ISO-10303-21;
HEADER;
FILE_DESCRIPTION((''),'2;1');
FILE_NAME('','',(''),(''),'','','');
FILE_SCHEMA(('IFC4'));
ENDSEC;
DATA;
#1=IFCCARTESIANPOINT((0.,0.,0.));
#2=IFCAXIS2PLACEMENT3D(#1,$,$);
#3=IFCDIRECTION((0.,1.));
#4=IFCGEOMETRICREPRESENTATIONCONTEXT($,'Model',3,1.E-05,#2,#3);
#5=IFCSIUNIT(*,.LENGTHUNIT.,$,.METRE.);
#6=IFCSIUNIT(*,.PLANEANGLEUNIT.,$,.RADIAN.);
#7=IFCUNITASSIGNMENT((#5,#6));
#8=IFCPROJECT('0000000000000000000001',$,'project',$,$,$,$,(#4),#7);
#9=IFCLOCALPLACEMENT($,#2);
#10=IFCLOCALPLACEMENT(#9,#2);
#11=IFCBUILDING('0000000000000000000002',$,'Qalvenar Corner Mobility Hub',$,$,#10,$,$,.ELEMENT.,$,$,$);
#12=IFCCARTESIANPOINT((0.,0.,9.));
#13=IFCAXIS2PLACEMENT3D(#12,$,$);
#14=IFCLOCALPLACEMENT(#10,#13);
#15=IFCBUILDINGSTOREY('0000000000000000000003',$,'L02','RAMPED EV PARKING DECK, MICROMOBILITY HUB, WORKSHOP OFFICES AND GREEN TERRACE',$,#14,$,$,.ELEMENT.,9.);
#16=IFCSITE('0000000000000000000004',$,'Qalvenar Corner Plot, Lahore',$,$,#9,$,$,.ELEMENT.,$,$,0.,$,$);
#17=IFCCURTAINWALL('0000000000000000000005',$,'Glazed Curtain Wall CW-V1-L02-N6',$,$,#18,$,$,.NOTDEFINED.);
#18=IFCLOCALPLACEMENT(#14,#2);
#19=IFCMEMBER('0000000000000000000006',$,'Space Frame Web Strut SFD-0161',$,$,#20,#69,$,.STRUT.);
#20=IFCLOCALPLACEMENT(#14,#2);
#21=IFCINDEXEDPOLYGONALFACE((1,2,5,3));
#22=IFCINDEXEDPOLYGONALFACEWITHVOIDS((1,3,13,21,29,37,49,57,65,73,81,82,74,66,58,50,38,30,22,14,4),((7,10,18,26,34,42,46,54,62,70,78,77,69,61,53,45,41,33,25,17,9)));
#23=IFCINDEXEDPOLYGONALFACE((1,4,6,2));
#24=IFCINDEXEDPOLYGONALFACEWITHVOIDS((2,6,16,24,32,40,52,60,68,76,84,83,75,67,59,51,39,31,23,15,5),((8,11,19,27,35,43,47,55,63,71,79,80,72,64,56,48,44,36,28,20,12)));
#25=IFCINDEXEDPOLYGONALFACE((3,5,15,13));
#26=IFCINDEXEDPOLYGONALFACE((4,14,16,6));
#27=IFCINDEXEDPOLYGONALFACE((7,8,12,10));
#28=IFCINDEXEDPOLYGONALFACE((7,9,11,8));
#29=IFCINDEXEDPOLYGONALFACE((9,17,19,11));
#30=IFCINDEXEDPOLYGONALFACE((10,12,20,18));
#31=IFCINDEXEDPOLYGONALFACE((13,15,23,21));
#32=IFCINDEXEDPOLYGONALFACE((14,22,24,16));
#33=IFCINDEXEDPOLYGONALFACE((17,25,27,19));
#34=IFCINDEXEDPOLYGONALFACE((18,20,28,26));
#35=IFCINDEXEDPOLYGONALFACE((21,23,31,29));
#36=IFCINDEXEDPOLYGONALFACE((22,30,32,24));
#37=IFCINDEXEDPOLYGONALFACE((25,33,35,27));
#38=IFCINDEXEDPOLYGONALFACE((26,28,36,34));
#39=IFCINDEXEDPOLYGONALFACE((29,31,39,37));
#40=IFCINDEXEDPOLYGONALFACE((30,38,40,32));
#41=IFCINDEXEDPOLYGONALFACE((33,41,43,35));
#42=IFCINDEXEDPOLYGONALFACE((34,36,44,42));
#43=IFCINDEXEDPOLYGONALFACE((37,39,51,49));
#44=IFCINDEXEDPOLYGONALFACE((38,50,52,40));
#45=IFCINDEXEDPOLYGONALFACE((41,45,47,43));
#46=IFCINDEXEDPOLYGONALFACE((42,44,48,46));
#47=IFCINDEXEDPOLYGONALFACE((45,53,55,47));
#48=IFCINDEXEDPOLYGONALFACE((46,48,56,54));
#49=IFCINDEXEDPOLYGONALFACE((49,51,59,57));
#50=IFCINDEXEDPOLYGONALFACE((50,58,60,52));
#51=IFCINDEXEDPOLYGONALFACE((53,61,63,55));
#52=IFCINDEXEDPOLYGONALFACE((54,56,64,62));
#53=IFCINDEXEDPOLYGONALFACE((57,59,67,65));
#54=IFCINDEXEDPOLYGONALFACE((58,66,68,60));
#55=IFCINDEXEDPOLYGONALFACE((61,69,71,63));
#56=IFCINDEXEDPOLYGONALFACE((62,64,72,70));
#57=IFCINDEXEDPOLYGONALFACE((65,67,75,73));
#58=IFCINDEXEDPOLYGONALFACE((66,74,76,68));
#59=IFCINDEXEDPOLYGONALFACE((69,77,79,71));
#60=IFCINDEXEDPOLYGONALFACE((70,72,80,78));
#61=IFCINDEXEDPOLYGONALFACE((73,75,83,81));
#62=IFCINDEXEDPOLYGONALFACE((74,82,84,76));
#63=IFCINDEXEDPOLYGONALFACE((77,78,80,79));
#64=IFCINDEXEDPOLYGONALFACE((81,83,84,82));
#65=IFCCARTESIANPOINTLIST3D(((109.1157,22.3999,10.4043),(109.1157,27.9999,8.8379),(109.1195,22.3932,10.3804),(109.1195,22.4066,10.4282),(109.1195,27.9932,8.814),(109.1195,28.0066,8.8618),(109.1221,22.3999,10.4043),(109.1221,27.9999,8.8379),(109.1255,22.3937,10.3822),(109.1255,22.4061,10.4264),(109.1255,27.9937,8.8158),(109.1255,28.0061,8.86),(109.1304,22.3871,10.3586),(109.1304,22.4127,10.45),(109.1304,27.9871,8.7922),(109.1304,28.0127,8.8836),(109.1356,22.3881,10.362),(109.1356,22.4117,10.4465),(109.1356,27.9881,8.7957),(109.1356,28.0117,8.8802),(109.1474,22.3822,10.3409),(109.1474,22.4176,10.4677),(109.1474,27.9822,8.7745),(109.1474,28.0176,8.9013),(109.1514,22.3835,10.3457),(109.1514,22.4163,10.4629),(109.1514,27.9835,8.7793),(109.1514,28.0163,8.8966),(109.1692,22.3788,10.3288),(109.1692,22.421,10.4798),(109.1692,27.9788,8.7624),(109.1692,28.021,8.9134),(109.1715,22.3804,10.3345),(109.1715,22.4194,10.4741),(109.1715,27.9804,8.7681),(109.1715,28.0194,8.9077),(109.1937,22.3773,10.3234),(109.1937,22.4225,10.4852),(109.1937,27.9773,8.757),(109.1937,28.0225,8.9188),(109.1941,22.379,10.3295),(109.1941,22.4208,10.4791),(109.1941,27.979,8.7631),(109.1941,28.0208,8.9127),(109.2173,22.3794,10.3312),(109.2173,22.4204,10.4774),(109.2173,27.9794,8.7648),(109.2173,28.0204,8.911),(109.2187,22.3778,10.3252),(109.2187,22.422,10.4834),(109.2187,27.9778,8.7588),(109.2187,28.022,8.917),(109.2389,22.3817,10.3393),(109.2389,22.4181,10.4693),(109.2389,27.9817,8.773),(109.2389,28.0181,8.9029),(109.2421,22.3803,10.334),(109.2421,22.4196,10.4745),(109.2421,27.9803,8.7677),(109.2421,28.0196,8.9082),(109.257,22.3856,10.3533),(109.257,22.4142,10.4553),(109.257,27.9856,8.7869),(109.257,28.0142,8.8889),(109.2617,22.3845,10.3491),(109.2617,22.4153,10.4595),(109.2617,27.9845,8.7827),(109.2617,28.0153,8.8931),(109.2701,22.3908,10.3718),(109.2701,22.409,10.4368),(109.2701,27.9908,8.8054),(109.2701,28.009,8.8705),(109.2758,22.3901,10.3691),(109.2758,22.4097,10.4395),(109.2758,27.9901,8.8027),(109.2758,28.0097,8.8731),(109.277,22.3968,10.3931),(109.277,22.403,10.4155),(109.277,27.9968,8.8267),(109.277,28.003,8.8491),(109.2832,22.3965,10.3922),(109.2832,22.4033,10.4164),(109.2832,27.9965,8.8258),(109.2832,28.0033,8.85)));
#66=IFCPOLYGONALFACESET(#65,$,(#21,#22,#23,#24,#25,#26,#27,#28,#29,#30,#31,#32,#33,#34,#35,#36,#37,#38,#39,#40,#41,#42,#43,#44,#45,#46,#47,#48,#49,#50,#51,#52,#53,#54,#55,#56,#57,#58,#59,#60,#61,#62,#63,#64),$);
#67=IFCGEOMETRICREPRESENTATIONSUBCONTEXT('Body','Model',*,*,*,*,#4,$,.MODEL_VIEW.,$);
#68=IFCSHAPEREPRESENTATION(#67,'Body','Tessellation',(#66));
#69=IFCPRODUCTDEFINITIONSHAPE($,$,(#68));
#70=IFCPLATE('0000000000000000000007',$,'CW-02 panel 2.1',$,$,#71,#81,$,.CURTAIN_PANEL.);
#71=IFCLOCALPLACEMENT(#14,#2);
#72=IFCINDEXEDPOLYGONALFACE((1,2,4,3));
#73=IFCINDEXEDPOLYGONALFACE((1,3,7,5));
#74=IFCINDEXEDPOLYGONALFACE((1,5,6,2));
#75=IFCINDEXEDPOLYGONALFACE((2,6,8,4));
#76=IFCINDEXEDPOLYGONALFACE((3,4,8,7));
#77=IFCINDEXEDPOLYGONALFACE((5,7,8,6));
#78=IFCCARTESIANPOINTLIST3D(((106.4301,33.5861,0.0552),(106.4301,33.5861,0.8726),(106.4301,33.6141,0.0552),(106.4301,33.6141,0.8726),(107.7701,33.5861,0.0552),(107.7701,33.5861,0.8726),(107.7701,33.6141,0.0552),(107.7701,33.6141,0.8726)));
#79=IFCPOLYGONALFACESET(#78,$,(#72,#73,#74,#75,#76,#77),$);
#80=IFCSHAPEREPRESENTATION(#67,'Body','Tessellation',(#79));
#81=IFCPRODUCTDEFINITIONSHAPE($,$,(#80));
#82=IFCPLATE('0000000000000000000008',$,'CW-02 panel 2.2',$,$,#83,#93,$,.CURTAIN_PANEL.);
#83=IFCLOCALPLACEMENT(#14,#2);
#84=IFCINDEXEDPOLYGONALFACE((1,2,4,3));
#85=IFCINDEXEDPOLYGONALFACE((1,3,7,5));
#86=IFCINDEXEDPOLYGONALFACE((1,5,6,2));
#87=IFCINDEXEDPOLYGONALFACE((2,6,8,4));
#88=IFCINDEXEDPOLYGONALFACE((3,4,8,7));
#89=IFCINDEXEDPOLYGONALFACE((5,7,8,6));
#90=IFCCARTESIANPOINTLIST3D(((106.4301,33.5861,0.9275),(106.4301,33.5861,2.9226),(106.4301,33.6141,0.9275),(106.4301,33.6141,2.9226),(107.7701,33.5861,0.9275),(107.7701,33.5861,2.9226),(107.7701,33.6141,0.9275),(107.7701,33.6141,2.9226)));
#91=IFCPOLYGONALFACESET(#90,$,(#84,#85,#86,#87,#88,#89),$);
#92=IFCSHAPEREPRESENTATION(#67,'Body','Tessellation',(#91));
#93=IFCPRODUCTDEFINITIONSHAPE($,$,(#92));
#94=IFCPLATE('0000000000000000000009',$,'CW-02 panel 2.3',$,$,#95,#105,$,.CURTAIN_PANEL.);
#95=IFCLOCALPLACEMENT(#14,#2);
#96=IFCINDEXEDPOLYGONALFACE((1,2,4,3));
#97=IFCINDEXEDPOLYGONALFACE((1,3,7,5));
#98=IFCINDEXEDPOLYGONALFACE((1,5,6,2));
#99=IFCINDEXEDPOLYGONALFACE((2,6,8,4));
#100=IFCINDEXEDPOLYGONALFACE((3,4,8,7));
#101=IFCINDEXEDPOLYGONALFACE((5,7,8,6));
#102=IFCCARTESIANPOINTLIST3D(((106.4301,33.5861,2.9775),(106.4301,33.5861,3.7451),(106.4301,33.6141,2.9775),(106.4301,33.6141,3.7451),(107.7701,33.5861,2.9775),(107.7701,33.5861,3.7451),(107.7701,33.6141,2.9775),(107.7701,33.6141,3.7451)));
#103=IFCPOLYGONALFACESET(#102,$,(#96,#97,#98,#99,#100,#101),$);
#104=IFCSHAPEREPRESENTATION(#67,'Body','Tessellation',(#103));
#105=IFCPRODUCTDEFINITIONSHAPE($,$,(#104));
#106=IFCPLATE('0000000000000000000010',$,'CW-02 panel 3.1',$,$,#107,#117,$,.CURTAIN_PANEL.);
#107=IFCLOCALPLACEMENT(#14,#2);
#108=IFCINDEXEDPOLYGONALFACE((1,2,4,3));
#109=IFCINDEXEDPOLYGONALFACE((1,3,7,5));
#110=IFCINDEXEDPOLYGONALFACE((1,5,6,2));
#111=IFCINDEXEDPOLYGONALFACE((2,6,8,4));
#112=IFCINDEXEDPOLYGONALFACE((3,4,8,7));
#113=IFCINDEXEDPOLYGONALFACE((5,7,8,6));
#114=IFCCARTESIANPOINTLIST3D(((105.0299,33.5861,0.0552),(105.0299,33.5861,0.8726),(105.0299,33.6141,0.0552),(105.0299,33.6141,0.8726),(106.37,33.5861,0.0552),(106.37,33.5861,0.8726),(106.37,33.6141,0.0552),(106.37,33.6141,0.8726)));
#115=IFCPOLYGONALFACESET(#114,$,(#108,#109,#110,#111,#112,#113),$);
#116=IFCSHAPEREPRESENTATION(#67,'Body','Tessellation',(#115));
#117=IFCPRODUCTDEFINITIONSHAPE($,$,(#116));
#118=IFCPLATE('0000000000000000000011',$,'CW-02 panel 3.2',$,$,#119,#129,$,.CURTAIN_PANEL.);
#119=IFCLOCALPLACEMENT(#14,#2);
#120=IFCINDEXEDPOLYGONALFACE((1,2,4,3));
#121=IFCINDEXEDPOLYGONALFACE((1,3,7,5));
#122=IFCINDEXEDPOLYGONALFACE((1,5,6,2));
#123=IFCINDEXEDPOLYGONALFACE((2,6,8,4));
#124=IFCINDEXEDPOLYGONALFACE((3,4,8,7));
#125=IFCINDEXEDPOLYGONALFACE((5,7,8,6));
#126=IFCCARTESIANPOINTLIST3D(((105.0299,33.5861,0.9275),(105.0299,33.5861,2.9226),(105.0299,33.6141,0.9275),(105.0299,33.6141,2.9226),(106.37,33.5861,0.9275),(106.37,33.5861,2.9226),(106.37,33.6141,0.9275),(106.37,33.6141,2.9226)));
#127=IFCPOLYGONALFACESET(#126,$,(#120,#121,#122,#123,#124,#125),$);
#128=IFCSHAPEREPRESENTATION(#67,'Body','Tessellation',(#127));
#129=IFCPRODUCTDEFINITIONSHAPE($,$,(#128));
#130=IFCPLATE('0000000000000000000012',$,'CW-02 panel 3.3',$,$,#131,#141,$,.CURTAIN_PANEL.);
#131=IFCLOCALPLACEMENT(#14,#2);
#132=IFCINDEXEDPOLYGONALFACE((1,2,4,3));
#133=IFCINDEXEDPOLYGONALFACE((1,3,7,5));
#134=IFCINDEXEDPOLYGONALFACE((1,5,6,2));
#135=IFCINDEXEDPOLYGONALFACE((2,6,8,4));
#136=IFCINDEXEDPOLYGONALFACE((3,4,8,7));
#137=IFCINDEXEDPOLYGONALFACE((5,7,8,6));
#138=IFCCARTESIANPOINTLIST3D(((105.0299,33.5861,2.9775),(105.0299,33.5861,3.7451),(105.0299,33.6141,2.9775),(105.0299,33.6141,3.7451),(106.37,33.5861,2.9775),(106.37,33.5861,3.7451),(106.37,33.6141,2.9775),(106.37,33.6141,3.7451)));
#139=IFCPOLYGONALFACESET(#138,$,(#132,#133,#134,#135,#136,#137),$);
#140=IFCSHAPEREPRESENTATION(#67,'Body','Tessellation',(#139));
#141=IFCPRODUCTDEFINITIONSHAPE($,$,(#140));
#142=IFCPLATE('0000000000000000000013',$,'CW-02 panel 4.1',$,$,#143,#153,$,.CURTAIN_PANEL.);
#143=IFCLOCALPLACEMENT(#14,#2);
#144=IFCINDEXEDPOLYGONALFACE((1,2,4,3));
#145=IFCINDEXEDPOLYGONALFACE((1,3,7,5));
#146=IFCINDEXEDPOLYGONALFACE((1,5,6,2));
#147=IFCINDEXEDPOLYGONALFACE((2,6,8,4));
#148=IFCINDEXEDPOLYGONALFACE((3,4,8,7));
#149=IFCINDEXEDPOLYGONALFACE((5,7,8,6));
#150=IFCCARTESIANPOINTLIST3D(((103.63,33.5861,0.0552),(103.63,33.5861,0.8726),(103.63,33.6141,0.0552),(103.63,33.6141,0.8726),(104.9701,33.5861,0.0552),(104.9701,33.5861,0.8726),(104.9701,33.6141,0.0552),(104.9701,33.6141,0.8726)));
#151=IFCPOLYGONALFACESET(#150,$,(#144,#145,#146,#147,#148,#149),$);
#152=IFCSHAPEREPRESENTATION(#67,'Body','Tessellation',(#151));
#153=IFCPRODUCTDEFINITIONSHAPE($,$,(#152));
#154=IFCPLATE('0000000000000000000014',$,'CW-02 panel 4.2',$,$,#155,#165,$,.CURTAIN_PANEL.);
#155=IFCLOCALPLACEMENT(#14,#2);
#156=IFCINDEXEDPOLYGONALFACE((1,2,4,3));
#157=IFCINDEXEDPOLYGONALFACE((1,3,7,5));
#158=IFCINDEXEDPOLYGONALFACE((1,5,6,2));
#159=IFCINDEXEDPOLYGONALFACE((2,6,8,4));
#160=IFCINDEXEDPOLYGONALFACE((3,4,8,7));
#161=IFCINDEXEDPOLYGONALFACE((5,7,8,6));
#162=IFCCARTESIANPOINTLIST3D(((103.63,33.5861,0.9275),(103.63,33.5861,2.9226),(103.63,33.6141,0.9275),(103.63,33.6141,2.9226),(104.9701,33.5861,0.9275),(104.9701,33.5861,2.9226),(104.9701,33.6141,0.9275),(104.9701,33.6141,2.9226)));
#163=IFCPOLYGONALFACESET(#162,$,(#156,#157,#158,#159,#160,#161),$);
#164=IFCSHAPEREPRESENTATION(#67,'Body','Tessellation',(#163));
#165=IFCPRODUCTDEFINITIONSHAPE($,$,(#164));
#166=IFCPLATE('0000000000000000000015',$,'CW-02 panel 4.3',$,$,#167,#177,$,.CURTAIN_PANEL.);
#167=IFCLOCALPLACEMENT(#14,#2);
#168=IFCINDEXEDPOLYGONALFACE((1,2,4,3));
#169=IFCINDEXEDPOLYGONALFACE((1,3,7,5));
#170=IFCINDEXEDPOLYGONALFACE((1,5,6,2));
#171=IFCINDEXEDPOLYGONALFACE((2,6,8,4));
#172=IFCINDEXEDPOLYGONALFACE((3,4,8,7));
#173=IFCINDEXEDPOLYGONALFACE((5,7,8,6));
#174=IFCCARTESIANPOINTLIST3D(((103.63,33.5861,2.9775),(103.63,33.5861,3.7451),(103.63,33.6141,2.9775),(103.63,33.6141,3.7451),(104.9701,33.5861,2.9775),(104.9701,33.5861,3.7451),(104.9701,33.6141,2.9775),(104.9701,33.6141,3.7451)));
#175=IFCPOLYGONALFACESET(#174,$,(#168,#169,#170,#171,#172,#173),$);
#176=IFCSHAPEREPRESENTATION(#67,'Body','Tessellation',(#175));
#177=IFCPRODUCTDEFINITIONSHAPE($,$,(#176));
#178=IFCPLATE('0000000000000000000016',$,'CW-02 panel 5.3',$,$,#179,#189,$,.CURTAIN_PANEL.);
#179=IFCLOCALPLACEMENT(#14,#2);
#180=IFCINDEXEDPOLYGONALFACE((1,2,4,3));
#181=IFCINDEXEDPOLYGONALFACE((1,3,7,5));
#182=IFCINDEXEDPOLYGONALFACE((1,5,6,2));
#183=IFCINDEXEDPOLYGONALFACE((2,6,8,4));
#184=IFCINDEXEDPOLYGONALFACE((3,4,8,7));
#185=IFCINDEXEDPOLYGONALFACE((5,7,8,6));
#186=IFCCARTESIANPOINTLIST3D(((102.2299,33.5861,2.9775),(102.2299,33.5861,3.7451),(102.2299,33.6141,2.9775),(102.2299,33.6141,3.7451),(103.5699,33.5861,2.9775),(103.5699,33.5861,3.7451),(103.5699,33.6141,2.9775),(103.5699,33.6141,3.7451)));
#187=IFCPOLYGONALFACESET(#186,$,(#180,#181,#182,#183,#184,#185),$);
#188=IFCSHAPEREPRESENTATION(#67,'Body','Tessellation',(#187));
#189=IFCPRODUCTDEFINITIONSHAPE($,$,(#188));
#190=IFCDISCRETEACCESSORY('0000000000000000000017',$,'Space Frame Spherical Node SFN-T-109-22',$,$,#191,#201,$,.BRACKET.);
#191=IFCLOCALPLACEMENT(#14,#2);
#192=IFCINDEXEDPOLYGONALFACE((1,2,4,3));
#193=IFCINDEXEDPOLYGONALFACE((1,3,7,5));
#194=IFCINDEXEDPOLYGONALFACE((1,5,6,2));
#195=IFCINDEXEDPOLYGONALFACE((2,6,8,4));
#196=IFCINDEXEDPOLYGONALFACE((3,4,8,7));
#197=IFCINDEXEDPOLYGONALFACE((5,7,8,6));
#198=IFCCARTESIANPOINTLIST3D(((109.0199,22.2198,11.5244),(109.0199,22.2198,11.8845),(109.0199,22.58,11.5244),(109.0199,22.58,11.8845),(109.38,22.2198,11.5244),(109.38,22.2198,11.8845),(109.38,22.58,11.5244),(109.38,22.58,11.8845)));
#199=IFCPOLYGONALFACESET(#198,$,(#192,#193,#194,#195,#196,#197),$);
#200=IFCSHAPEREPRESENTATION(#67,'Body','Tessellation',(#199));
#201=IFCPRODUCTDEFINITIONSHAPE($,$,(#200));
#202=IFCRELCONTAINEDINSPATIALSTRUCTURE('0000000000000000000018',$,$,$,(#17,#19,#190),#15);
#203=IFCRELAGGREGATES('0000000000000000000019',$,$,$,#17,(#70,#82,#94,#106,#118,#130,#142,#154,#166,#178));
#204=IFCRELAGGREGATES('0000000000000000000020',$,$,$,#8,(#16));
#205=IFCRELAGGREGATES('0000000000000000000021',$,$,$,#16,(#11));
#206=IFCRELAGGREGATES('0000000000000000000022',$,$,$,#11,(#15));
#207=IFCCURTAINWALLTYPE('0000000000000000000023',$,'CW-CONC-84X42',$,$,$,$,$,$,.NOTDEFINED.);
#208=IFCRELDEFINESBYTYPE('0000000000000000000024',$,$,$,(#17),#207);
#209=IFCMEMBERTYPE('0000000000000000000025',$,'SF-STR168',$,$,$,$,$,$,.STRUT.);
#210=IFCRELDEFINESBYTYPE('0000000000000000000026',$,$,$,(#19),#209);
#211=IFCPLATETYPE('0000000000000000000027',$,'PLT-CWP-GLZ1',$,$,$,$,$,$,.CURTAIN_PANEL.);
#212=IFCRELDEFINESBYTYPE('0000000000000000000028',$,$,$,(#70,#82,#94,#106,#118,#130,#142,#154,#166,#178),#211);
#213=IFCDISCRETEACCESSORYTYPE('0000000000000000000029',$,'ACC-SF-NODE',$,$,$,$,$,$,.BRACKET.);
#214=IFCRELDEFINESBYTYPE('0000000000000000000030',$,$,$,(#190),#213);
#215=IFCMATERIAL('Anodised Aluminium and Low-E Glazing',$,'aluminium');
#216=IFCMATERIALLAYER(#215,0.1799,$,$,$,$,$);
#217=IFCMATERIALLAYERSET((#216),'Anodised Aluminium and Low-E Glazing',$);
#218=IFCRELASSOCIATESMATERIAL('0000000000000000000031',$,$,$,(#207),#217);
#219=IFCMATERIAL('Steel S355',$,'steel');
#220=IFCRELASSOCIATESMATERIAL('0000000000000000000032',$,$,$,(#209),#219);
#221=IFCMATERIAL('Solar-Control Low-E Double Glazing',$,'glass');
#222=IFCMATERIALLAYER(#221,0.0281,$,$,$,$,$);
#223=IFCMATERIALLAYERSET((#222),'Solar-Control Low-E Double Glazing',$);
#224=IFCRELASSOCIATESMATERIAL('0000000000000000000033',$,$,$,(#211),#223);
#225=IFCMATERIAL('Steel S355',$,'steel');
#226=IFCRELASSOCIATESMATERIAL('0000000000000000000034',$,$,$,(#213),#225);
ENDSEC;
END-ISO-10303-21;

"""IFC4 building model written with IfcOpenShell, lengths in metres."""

from ifc_helpers import new_model, si_unit, direction, frame, origin, origin_2d, place, context, subcontext, project, spatial, rectangle, hollow_circle, extrude, material, layer, layer_set, material_profile, profile_set, type_object, element, aggregate, save


model = new_model("IFC4")

# Units and contexts
model_context = context("Model", 3, precision=1e-05, world=origin(), true_north=direction((0.0, 1.0)))
body_context = subcontext(model_context, "Body", "Model", "MODEL_VIEW")
ifc_project = project(units=[si_unit("LENGTHUNIT", "METRE"), si_unit("PLANEANGLEUNIT", "RADIAN")], contexts=[model_context])

# Site, building, storey
site_placement = place(None, origin())
site = spatial("IfcSite", under=ifc_project, at=site_placement, Name="Qalvenar Corner Plot, Lahore", CompositionType="ELEMENT", RefElevation=0.0)
building_placement = place(site_placement, origin())
building = spatial("IfcBuilding", under=site, at=building_placement, Name="Qalvenar Corner Mobility Hub", CompositionType="ELEMENT")
storey_placement = place(building_placement, frame((0.0, 0.0, 9.0)))
storey = spatial("IfcBuildingStorey", under=building, at=storey_placement, Name="L02", Description="RAMPED EV PARKING DECK, MICROMOBILITY HUB, WORKSHOP OFFICES AND GREEN TERRACE", CompositionType="ELEMENT", Elevation=9.0)

# Curtain wall
ifc_material_1 = material(Name="Anodised Aluminium and Low-E Glazing", Category="aluminium")
ifc_layer_1 = layer(ifc_material_1, 0.1799)
ifc_layer_set_1 = layer_set([ifc_layer_1], Name="Anodised Aluminium and Low-E Glazing")
curtain_wall_type = type_object("IfcCurtainWallType", Name="CW-CONC-84X42", PredefinedType="NOTDEFINED", material=ifc_layer_set_1)
curtain_wall_placement = place(storey_placement, origin())
curtain_wall = element("IfcCurtainWall", 1, at=curtain_wall_placement, inside=storey, type_object=curtain_wall_type, Name="Glazed Curtain Wall CW-V1-L02-N6", PredefinedType="NOTDEFINED")

# Member
ifc_material_2 = material(Name="Steel S355", Category="steel")
ifc_material_profile_1 = material_profile(ifc_material_2, hollow_circle(Radius=0.0842, WallThickness=0.0063, at=origin_2d()), Name="CHS168.3x6.3")
ifc_profile_set_1 = profile_set([ifc_material_profile_1], Name="Steel S355")
member_type_1 = type_object("IfcMemberType", Name="SF-STR168", PredefinedType="STRUT", material=ifc_profile_set_1)
member_1_placement = place(storey_placement, frame((109.2, 22.3999, 10.4043), z_axis=(0.0, 0.963036, -0.269371), x_axis=(-1.0, 0.0, 0.0)))
element("IfcMember", 2, at=member_1_placement, inside=storey, type_object=member_type_1, Name="Space Frame Web Strut SFD-0161", PredefinedType="STRUT", context=body_context, shape_type="SweptSolid", body=[
    extrude(hollow_circle(Radius=0.0842, WallThickness=0.0063, at=origin_2d()), origin(), (0.0, 0.0, 1.0), 5.8149),
])

# Plates
ifc_material_3 = material(Name="Solar-Control Low-E Double Glazing", Category="glass")
ifc_layer_2 = layer(ifc_material_3, 0.0281)
ifc_layer_set_2 = layer_set([ifc_layer_2], Name="Solar-Control Low-E Double Glazing")
plate_type = type_object("IfcPlateType", Name="PLT-CWP-GLZ1", PredefinedType="CURTAIN_PANEL", material=ifc_layer_set_2)
plate_1_placement = place(storey_placement, frame((107.1001, 33.6001, 0.0552), z_axis=(0.0, 0.0, 1.0), x_axis=(-1.0, 0.0, 0.0)))
plate_1 = element("IfcPlate", 3, at=plate_1_placement, type_object=plate_type, Name="CW-02 panel 2.1", PredefinedType="CURTAIN_PANEL", context=body_context, shape_type="SweptSolid", body=[
    extrude(rectangle(XDim=1.3401, YDim=0.0281, at=origin_2d()), origin(), (0.0, 0.0, 1.0), 0.8174),
])
plate_2_placement = place(storey_placement, frame((107.1001, 33.6001, 0.9275), z_axis=(0.0, 0.0, 1.0), x_axis=(-1.0, 0.0, 0.0)))
plate_2 = element("IfcPlate", 4, at=plate_2_placement, type_object=plate_type, Name="CW-02 panel 2.2", PredefinedType="CURTAIN_PANEL", context=body_context, shape_type="SweptSolid", body=[
    extrude(rectangle(XDim=1.3401, YDim=0.0281, at=origin_2d()), origin(), (0.0, 0.0, 1.0), 1.9951),
])
plate_3_placement = place(storey_placement, frame((107.1001, 33.6001, 2.9775), z_axis=(0.0, 0.0, 1.0), x_axis=(-1.0, 0.0, 0.0)))
plate_3 = element("IfcPlate", 5, at=plate_3_placement, type_object=plate_type, Name="CW-02 panel 2.3", PredefinedType="CURTAIN_PANEL", context=body_context, shape_type="SweptSolid", body=[
    extrude(rectangle(XDim=1.3401, YDim=0.0281, at=origin_2d()), origin(), (0.0, 0.0, 1.0), 0.7676),
])
plate_4_placement = place(storey_placement, frame((105.7, 33.6001, 0.0552), z_axis=(0.0, 0.0, 1.0), x_axis=(-1.0, 0.0, 0.0)))
plate_4 = element("IfcPlate", 6, at=plate_4_placement, type_object=plate_type, Name="CW-02 panel 3.1", PredefinedType="CURTAIN_PANEL", context=body_context, shape_type="SweptSolid", body=[
    extrude(rectangle(XDim=1.3401, YDim=0.0281, at=origin_2d()), origin(), (0.0, 0.0, 1.0), 0.8174),
])
plate_5_placement = place(storey_placement, frame((105.7, 33.6001, 0.9275), z_axis=(0.0, 0.0, 1.0), x_axis=(-1.0, 0.0, 0.0)))
plate_5 = element("IfcPlate", 7, at=plate_5_placement, type_object=plate_type, Name="CW-02 panel 3.2", PredefinedType="CURTAIN_PANEL", context=body_context, shape_type="SweptSolid", body=[
    extrude(rectangle(XDim=1.3401, YDim=0.0281, at=origin_2d()), origin(), (0.0, 0.0, 1.0), 1.9951),
])
plate_6_placement = place(storey_placement, frame((105.7, 33.6001, 2.9775), z_axis=(0.0, 0.0, 1.0), x_axis=(-1.0, 0.0, 0.0)))
plate_6 = element("IfcPlate", 8, at=plate_6_placement, type_object=plate_type, Name="CW-02 panel 3.3", PredefinedType="CURTAIN_PANEL", context=body_context, shape_type="SweptSolid", body=[
    extrude(rectangle(XDim=1.3401, YDim=0.0281, at=origin_2d()), origin(), (0.0, 0.0, 1.0), 0.7676),
])
plate_7_placement = place(storey_placement, frame((104.3, 33.6001, 0.0552), z_axis=(0.0, 0.0, 1.0), x_axis=(-1.0, 0.0, 0.0)))
plate_7 = element("IfcPlate", 9, at=plate_7_placement, type_object=plate_type, Name="CW-02 panel 4.1", PredefinedType="CURTAIN_PANEL", context=body_context, shape_type="SweptSolid", body=[
    extrude(rectangle(XDim=1.3401, YDim=0.0281, at=origin_2d()), origin(), (0.0, 0.0, 1.0), 0.8174),
])
plate_8_placement = place(storey_placement, frame((104.3, 33.6001, 0.9275), z_axis=(0.0, 0.0, 1.0), x_axis=(-1.0, 0.0, 0.0)))
plate_8 = element("IfcPlate", 10, at=plate_8_placement, type_object=plate_type, Name="CW-02 panel 4.2", PredefinedType="CURTAIN_PANEL", context=body_context, shape_type="SweptSolid", body=[
    extrude(rectangle(XDim=1.3401, YDim=0.0281, at=origin_2d()), origin(), (0.0, 0.0, 1.0), 1.9951),
])
plate_9_placement = place(storey_placement, frame((104.3, 33.6001, 2.9775), z_axis=(0.0, 0.0, 1.0), x_axis=(-1.0, 0.0, 0.0)))
plate_9 = element("IfcPlate", 11, at=plate_9_placement, type_object=plate_type, Name="CW-02 panel 4.3", PredefinedType="CURTAIN_PANEL", context=body_context, shape_type="SweptSolid", body=[
    extrude(rectangle(XDim=1.3401, YDim=0.0281, at=origin_2d()), origin(), (0.0, 0.0, 1.0), 0.7676),
])
plate_10_placement = place(storey_placement, frame((102.8999, 33.6001, 2.9775), z_axis=(0.0, 0.0, 1.0), x_axis=(-1.0, 0.0, 0.0)))
plate_10 = element("IfcPlate", 12, at=plate_10_placement, type_object=plate_type, Name="CW-02 panel 5.3", PredefinedType="CURTAIN_PANEL", context=body_context, shape_type="SweptSolid", body=[
    extrude(rectangle(XDim=1.3401, YDim=0.0281, at=origin_2d()), origin(), (0.0, 0.0, 1.0), 0.7676),
])
aggregate(curtain_wall, [plate_1, plate_2, plate_3, plate_4, plate_5, plate_6, plate_7, plate_8, plate_9, plate_10])

# Discrete accessory
ifc_material_4 = material(Name="Steel S355", Category="steel")
discrete_accessory_type = type_object("IfcDiscreteAccessoryType", Name="ACC-SF-NODE", PredefinedType="BRACKET", material=ifc_material_4)
discrete_accessory_placement = place(storey_placement, frame((109.2, 22.3999, 11.5244), z_axis=(0.0, 0.0, 1.0), x_axis=(1.0, 0.0, 0.0)))
element("IfcDiscreteAccessory", 13, at=discrete_accessory_placement, inside=storey, type_object=discrete_accessory_type, Name="Space Frame Spherical Node SFN-T-109-22", PredefinedType="BRACKET", context=body_context, shape_type="SweptSolid", body=[
    extrude(rectangle(XDim=0.3601, YDim=0.3601, at=origin_2d()), origin(), (0.0, 0.0, 1.0), 0.3601),
])

save(model, "model.ifc")
